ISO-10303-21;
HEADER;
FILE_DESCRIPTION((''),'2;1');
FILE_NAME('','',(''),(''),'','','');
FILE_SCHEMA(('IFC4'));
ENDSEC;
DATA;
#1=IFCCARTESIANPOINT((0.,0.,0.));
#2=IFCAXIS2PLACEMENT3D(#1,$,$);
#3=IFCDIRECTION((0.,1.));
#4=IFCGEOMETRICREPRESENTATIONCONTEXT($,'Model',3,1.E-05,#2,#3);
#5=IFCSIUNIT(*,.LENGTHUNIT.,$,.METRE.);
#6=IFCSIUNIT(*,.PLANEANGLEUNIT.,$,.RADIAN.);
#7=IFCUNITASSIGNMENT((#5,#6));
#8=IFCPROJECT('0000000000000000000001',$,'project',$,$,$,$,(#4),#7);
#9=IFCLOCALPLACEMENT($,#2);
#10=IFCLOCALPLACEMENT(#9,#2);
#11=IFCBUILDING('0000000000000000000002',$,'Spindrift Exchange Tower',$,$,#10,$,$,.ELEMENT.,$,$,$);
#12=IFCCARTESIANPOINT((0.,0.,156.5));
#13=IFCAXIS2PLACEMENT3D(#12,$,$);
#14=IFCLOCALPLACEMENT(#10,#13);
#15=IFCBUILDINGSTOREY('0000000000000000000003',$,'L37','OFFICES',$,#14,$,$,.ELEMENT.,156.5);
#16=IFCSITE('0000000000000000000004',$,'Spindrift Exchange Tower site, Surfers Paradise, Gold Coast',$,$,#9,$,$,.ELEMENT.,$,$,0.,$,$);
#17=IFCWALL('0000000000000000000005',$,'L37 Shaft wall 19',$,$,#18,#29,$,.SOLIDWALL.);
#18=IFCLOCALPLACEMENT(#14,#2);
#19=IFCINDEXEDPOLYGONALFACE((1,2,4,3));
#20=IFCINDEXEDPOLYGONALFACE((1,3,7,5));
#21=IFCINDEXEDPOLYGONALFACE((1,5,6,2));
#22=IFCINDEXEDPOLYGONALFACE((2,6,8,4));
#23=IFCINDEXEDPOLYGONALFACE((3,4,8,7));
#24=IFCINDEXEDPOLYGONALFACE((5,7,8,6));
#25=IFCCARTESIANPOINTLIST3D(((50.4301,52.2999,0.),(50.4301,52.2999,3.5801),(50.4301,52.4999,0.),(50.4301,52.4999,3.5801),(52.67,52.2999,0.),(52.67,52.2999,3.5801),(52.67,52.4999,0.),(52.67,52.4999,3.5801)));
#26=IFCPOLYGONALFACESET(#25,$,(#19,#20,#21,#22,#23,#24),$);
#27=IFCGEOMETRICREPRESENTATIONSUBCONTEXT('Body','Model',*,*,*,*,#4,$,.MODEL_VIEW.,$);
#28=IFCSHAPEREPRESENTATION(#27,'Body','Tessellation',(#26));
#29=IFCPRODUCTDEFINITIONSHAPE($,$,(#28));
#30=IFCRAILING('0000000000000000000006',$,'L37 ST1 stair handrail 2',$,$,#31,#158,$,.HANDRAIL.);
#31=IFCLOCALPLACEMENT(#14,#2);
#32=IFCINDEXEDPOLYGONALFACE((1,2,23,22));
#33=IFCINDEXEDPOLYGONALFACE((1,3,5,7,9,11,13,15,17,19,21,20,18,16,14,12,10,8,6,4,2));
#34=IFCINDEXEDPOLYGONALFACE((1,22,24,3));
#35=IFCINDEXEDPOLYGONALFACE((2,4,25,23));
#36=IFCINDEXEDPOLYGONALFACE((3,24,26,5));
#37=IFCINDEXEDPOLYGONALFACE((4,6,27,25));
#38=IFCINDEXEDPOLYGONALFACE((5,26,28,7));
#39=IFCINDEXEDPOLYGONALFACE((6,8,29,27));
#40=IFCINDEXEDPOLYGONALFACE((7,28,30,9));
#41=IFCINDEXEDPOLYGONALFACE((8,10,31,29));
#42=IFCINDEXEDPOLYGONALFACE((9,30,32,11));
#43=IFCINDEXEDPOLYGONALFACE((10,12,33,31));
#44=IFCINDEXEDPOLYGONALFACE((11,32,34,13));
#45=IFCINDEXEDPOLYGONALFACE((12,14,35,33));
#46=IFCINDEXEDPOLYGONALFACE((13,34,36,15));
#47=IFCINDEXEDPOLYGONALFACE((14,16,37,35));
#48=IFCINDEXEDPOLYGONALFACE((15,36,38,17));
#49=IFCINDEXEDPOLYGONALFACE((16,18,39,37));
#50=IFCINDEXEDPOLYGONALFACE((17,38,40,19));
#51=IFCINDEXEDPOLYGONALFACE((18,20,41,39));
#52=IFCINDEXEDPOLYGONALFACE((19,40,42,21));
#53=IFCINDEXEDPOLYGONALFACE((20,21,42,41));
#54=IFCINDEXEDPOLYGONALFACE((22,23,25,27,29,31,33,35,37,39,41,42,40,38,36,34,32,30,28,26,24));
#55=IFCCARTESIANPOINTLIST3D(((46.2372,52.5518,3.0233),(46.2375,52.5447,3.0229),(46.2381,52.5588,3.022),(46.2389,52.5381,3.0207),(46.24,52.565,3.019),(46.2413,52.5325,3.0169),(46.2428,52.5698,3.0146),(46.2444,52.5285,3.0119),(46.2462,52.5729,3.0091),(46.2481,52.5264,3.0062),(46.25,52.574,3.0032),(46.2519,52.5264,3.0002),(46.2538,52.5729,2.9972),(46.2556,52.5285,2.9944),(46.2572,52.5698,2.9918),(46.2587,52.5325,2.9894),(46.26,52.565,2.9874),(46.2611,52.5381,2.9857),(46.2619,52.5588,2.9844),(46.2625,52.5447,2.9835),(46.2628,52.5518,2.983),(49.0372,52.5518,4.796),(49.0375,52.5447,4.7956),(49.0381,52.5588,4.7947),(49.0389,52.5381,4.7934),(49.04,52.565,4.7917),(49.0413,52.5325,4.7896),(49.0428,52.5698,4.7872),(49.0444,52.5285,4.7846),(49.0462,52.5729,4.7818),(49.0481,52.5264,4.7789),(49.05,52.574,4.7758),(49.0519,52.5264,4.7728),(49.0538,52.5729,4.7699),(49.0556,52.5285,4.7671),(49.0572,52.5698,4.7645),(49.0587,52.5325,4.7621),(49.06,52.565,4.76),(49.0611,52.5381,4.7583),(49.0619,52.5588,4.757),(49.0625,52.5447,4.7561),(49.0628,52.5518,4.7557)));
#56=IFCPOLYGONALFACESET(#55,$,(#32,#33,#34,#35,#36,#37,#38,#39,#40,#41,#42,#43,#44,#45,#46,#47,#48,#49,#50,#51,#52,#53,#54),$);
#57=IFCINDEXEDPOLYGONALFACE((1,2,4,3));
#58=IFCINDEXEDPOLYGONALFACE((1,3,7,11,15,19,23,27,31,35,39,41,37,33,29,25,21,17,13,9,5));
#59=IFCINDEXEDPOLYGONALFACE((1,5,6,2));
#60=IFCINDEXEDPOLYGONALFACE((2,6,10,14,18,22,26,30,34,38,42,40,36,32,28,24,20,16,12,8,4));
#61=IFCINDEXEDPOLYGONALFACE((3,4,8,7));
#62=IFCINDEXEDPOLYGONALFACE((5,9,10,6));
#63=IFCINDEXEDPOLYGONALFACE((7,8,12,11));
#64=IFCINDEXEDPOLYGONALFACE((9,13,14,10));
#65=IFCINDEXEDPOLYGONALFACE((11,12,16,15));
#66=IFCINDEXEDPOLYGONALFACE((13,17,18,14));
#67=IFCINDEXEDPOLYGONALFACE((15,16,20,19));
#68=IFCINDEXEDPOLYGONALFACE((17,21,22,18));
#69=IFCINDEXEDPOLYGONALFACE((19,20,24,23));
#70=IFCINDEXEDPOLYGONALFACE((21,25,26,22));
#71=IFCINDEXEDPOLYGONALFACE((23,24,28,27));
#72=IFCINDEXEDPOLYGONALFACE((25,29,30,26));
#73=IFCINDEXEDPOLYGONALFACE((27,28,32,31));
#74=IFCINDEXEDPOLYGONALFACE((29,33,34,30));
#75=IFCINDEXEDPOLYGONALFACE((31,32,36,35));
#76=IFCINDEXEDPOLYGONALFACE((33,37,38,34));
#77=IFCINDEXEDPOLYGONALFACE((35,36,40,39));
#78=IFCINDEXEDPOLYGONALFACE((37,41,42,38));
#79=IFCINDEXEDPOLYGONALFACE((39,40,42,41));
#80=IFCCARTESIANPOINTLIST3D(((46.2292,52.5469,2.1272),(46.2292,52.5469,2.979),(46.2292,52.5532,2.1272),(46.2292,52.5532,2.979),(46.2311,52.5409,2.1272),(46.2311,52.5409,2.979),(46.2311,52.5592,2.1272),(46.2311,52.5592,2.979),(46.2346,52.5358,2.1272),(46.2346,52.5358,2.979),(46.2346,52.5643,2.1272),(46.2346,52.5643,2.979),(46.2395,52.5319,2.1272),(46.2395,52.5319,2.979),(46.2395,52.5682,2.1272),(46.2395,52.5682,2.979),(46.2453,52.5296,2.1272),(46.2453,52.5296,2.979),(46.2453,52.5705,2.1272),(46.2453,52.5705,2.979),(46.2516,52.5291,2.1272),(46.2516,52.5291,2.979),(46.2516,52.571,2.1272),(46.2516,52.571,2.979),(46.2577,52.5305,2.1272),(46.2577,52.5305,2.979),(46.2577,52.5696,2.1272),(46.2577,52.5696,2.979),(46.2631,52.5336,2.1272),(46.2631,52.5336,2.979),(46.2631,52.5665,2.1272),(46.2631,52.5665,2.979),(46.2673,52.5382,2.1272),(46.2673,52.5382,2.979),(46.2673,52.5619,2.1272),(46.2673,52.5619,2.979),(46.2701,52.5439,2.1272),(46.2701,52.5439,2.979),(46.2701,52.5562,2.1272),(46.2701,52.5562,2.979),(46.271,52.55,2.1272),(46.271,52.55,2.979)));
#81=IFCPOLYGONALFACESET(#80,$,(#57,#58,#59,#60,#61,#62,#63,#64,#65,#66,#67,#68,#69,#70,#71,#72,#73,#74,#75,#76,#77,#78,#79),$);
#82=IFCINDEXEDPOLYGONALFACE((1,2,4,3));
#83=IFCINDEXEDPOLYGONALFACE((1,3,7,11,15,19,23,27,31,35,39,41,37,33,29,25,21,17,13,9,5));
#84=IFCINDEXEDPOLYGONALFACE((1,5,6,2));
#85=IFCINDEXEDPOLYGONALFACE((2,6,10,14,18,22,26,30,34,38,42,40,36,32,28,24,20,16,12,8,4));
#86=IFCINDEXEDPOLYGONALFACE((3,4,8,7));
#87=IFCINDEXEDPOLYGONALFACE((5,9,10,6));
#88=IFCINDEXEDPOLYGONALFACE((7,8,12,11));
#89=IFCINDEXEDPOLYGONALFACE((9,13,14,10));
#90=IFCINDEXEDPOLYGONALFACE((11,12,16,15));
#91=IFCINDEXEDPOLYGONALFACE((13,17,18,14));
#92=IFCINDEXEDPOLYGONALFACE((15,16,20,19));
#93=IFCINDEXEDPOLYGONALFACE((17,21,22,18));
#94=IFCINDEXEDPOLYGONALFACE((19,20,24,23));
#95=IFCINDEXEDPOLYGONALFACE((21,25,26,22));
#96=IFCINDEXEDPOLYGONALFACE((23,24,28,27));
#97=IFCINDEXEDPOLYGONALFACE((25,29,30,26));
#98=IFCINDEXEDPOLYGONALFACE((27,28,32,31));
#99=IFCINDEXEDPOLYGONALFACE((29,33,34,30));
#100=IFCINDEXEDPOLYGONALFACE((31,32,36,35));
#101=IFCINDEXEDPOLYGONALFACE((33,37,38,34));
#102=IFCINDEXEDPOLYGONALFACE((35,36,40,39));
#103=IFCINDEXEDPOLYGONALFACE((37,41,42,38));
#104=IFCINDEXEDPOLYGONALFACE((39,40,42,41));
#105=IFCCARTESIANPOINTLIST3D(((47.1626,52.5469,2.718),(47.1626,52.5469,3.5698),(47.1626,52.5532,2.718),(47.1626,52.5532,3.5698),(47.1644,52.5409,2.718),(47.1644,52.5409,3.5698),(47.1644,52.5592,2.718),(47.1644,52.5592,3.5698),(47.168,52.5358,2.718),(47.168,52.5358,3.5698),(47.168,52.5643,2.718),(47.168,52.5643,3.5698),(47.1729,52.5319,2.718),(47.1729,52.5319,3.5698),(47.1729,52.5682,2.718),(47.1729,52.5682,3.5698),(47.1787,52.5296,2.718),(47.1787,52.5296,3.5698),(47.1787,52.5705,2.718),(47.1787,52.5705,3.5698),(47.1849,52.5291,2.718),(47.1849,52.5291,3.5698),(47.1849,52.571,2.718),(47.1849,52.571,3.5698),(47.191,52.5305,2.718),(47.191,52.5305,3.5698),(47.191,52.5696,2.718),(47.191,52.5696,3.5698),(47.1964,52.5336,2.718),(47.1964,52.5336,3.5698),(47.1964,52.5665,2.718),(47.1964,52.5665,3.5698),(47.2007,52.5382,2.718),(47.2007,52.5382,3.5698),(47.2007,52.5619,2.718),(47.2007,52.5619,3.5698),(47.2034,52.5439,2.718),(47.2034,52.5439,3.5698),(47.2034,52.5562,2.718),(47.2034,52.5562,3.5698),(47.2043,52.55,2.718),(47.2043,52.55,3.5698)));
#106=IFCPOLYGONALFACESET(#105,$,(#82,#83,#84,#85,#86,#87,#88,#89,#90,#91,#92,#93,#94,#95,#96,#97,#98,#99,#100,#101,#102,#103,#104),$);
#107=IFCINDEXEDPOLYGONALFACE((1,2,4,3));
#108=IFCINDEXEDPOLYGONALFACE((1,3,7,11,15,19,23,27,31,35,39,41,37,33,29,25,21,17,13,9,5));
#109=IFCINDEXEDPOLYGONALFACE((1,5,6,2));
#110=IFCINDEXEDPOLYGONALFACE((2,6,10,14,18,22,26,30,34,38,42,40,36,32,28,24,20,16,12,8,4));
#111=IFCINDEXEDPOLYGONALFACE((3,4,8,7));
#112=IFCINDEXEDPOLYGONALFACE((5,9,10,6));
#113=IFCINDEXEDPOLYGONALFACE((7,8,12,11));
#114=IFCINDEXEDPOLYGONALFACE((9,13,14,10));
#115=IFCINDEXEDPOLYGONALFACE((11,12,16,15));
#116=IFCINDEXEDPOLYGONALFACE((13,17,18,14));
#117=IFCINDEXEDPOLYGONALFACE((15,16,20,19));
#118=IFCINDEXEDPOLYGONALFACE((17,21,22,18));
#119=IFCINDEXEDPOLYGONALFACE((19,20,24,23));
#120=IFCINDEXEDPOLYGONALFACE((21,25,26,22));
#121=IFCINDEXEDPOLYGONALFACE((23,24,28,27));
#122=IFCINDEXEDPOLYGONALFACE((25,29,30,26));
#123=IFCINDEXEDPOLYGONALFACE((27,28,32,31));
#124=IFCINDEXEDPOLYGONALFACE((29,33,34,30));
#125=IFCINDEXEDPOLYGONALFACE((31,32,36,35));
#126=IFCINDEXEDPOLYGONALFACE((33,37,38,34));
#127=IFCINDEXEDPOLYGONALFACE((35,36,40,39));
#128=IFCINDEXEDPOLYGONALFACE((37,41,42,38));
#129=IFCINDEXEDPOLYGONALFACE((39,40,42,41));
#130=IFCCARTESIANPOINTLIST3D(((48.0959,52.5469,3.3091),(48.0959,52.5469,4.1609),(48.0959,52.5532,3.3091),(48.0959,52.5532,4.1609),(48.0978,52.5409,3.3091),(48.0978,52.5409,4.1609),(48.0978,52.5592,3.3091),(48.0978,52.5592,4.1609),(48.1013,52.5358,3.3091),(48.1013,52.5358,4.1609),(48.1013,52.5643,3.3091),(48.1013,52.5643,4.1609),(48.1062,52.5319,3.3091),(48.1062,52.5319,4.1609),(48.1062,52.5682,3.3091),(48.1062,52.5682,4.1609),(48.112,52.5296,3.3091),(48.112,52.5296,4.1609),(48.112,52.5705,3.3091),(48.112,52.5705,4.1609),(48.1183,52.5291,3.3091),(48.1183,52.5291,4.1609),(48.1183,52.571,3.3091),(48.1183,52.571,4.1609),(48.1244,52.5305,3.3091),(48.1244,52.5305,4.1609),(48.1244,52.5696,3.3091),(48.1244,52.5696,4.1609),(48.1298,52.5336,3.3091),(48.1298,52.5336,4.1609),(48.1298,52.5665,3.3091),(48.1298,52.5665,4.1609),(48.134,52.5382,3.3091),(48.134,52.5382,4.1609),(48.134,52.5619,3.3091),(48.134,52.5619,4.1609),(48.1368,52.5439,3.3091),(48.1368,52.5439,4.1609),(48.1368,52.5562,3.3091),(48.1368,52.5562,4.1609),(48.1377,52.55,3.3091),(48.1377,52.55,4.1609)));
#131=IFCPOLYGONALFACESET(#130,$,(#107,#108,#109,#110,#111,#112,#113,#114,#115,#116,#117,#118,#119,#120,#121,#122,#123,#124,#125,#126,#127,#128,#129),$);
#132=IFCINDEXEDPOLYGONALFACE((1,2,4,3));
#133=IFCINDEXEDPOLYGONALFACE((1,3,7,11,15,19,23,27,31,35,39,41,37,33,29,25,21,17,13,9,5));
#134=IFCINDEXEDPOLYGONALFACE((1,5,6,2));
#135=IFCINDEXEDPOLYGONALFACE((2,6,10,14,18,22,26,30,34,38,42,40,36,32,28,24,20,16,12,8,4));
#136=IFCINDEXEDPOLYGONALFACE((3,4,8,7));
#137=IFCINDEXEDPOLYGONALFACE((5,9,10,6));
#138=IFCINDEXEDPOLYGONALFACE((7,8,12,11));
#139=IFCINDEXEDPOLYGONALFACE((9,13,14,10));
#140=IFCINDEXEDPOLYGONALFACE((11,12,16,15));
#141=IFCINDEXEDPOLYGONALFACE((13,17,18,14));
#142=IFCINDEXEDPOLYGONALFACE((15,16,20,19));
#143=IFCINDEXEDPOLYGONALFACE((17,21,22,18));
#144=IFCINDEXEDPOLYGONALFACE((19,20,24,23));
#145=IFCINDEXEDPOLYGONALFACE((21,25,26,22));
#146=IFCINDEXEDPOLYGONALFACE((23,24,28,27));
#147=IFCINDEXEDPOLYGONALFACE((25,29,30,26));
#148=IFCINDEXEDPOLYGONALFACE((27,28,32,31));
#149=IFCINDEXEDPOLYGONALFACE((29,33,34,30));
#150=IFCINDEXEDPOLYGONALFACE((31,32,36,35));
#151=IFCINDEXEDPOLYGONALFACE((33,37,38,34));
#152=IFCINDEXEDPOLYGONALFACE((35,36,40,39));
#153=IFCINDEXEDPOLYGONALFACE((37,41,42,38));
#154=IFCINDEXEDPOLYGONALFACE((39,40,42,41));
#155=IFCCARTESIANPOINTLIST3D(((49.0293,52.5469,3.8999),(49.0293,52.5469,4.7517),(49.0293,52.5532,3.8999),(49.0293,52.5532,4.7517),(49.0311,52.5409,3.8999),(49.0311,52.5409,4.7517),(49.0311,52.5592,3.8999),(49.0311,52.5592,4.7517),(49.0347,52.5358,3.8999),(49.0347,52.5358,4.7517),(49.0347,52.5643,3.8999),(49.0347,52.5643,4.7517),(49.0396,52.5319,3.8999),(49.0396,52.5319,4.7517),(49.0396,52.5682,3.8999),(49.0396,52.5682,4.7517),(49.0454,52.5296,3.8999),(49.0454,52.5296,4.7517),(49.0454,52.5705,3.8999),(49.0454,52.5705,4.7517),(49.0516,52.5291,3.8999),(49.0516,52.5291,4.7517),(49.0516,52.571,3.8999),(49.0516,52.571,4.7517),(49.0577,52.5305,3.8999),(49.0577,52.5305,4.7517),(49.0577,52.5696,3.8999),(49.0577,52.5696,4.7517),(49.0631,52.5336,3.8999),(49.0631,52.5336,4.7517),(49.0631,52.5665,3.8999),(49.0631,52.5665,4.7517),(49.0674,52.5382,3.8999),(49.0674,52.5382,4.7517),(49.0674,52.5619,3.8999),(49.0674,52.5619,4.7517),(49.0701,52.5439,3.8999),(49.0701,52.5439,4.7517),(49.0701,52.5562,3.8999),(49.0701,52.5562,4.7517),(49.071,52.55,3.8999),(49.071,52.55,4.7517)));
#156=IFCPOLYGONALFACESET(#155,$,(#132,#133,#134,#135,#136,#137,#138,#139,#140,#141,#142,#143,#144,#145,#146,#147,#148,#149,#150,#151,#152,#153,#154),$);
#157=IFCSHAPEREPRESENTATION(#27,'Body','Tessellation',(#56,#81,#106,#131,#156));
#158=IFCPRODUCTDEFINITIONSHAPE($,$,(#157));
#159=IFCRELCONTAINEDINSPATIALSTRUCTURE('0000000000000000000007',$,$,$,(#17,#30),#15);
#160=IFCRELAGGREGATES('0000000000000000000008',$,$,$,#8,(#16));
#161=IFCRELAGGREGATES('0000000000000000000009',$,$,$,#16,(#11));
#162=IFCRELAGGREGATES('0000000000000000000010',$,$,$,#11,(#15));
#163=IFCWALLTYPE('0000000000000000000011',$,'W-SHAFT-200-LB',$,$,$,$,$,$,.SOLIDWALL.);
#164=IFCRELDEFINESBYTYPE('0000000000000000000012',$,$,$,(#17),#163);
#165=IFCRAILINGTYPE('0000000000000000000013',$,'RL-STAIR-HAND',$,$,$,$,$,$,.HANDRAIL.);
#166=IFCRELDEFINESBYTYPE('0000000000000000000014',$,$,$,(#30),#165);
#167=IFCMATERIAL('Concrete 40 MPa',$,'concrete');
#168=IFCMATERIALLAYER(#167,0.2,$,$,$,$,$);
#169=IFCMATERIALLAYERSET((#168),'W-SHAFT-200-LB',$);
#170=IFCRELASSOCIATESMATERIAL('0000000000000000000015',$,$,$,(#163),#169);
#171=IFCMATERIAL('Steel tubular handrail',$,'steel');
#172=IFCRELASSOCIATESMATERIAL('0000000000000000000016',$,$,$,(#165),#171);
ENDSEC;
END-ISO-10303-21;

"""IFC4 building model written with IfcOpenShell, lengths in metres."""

from ifc_helpers import new_model, si_unit, direction, frame, frame_2d, origin, origin_2d, place, context, subcontext, project, spatial, rectangle, circle, extrude, material, layer, layer_set, type_object, element, save


model = new_model("IFC4")

# Units and contexts
model_context = context("Model", 3, precision=1e-05, world=origin(), true_north=direction((0.0, 1.0)))
body_context = subcontext(model_context, "Body", "Model", "MODEL_VIEW")
ifc_project = project(units=[si_unit("LENGTHUNIT", "METRE"), si_unit("PLANEANGLEUNIT", "RADIAN")], contexts=[model_context])

# Site, building, storey
site_placement = place(None, origin())
site = spatial("IfcSite", under=ifc_project, at=site_placement, Name="Spindrift Exchange Tower site, Surfers Paradise, Gold Coast", CompositionType="ELEMENT", RefElevation=0.0)
building_placement = place(site_placement, origin())
building = spatial("IfcBuilding", under=site, at=building_placement, Name="Spindrift Exchange Tower", CompositionType="ELEMENT")
storey_placement = place(building_placement, frame((0.0, 0.0, 156.5)))
storey = spatial("IfcBuildingStorey", under=building, at=storey_placement, Name="L37", Description="OFFICES", CompositionType="ELEMENT", Elevation=156.5)

# Shared definitions
ifc_material_1 = material(Name="Concrete 40 MPa", Category="concrete")
ifc_layer_1 = layer(ifc_material_1, 0.2)
ifc_layer_set_1 = layer_set([ifc_layer_1], Name="W-SHAFT-200-LB")
wall_type_1 = type_object("IfcWallType", Name="W-SHAFT-200-LB", PredefinedType="SOLIDWALL", material=ifc_layer_set_1)

# Wall
wall_1_placement = place(storey_placement, frame((50.4299, 52.3999, 0.0), z_axis=(0.0, 0.0, 1.0), x_axis=(1.0, 0.0, 0.0)))
element("IfcWall", 1, at=wall_1_placement, inside=storey, type_object=wall_type_1, Name="L37 Shaft wall 19", PredefinedType="SOLIDWALL", context=body_context, shape_type="SweptSolid", body=[
    extrude(rectangle(XDim=2.24, YDim=0.2, at=frame_2d((1.1201, 0.0))), origin(), (0.0, 0.0, 1.0), 3.5801),
])

# Railing
ifc_material_2 = material(Name="Steel tubular handrail", Category="steel")
railing_type = type_object("IfcRailingType", Name="RL-STAIR-HAND", PredefinedType="HANDRAIL", material=ifc_material_2)
railing_placement = place(storey_placement, frame((46.25, 52.55, 2.1272)))
element("IfcRailing", 2, at=railing_placement, inside=storey, type_object=railing_type, Name="L37 ST1 stair handrail 2", PredefinedType="HANDRAIL", context=body_context, shape_type="SweptSolid", body=[
    extrude(circle(Radius=0.0239, at=origin_2d()), frame((0.0, 0.0, 0.876), z_axis=(0.844909, 0.0, 0.53491), x_axis=(0.0, 1.0, 0.0)), (0.0, 0.0, 1.0), 3.314),
    extrude(circle(Radius=0.021, at=origin_2d()), origin(), (0.0, 0.0, 1.0), 0.8518),
    extrude(circle(Radius=0.021, at=origin_2d()), frame((0.9333, 0.0, 0.5908)), (0.0, 0.0, 1.0), 0.8518),
    extrude(circle(Radius=0.021, at=origin_2d()), frame((1.8667, 0.0, 1.1819)), (0.0, 0.0, 1.0), 0.8518),
    extrude(circle(Radius=0.021, at=origin_2d()), frame((2.8, 0.0, 1.7727)), (0.0, 0.0, 1.0), 0.8518),
])

save(model, "model.ifc")
